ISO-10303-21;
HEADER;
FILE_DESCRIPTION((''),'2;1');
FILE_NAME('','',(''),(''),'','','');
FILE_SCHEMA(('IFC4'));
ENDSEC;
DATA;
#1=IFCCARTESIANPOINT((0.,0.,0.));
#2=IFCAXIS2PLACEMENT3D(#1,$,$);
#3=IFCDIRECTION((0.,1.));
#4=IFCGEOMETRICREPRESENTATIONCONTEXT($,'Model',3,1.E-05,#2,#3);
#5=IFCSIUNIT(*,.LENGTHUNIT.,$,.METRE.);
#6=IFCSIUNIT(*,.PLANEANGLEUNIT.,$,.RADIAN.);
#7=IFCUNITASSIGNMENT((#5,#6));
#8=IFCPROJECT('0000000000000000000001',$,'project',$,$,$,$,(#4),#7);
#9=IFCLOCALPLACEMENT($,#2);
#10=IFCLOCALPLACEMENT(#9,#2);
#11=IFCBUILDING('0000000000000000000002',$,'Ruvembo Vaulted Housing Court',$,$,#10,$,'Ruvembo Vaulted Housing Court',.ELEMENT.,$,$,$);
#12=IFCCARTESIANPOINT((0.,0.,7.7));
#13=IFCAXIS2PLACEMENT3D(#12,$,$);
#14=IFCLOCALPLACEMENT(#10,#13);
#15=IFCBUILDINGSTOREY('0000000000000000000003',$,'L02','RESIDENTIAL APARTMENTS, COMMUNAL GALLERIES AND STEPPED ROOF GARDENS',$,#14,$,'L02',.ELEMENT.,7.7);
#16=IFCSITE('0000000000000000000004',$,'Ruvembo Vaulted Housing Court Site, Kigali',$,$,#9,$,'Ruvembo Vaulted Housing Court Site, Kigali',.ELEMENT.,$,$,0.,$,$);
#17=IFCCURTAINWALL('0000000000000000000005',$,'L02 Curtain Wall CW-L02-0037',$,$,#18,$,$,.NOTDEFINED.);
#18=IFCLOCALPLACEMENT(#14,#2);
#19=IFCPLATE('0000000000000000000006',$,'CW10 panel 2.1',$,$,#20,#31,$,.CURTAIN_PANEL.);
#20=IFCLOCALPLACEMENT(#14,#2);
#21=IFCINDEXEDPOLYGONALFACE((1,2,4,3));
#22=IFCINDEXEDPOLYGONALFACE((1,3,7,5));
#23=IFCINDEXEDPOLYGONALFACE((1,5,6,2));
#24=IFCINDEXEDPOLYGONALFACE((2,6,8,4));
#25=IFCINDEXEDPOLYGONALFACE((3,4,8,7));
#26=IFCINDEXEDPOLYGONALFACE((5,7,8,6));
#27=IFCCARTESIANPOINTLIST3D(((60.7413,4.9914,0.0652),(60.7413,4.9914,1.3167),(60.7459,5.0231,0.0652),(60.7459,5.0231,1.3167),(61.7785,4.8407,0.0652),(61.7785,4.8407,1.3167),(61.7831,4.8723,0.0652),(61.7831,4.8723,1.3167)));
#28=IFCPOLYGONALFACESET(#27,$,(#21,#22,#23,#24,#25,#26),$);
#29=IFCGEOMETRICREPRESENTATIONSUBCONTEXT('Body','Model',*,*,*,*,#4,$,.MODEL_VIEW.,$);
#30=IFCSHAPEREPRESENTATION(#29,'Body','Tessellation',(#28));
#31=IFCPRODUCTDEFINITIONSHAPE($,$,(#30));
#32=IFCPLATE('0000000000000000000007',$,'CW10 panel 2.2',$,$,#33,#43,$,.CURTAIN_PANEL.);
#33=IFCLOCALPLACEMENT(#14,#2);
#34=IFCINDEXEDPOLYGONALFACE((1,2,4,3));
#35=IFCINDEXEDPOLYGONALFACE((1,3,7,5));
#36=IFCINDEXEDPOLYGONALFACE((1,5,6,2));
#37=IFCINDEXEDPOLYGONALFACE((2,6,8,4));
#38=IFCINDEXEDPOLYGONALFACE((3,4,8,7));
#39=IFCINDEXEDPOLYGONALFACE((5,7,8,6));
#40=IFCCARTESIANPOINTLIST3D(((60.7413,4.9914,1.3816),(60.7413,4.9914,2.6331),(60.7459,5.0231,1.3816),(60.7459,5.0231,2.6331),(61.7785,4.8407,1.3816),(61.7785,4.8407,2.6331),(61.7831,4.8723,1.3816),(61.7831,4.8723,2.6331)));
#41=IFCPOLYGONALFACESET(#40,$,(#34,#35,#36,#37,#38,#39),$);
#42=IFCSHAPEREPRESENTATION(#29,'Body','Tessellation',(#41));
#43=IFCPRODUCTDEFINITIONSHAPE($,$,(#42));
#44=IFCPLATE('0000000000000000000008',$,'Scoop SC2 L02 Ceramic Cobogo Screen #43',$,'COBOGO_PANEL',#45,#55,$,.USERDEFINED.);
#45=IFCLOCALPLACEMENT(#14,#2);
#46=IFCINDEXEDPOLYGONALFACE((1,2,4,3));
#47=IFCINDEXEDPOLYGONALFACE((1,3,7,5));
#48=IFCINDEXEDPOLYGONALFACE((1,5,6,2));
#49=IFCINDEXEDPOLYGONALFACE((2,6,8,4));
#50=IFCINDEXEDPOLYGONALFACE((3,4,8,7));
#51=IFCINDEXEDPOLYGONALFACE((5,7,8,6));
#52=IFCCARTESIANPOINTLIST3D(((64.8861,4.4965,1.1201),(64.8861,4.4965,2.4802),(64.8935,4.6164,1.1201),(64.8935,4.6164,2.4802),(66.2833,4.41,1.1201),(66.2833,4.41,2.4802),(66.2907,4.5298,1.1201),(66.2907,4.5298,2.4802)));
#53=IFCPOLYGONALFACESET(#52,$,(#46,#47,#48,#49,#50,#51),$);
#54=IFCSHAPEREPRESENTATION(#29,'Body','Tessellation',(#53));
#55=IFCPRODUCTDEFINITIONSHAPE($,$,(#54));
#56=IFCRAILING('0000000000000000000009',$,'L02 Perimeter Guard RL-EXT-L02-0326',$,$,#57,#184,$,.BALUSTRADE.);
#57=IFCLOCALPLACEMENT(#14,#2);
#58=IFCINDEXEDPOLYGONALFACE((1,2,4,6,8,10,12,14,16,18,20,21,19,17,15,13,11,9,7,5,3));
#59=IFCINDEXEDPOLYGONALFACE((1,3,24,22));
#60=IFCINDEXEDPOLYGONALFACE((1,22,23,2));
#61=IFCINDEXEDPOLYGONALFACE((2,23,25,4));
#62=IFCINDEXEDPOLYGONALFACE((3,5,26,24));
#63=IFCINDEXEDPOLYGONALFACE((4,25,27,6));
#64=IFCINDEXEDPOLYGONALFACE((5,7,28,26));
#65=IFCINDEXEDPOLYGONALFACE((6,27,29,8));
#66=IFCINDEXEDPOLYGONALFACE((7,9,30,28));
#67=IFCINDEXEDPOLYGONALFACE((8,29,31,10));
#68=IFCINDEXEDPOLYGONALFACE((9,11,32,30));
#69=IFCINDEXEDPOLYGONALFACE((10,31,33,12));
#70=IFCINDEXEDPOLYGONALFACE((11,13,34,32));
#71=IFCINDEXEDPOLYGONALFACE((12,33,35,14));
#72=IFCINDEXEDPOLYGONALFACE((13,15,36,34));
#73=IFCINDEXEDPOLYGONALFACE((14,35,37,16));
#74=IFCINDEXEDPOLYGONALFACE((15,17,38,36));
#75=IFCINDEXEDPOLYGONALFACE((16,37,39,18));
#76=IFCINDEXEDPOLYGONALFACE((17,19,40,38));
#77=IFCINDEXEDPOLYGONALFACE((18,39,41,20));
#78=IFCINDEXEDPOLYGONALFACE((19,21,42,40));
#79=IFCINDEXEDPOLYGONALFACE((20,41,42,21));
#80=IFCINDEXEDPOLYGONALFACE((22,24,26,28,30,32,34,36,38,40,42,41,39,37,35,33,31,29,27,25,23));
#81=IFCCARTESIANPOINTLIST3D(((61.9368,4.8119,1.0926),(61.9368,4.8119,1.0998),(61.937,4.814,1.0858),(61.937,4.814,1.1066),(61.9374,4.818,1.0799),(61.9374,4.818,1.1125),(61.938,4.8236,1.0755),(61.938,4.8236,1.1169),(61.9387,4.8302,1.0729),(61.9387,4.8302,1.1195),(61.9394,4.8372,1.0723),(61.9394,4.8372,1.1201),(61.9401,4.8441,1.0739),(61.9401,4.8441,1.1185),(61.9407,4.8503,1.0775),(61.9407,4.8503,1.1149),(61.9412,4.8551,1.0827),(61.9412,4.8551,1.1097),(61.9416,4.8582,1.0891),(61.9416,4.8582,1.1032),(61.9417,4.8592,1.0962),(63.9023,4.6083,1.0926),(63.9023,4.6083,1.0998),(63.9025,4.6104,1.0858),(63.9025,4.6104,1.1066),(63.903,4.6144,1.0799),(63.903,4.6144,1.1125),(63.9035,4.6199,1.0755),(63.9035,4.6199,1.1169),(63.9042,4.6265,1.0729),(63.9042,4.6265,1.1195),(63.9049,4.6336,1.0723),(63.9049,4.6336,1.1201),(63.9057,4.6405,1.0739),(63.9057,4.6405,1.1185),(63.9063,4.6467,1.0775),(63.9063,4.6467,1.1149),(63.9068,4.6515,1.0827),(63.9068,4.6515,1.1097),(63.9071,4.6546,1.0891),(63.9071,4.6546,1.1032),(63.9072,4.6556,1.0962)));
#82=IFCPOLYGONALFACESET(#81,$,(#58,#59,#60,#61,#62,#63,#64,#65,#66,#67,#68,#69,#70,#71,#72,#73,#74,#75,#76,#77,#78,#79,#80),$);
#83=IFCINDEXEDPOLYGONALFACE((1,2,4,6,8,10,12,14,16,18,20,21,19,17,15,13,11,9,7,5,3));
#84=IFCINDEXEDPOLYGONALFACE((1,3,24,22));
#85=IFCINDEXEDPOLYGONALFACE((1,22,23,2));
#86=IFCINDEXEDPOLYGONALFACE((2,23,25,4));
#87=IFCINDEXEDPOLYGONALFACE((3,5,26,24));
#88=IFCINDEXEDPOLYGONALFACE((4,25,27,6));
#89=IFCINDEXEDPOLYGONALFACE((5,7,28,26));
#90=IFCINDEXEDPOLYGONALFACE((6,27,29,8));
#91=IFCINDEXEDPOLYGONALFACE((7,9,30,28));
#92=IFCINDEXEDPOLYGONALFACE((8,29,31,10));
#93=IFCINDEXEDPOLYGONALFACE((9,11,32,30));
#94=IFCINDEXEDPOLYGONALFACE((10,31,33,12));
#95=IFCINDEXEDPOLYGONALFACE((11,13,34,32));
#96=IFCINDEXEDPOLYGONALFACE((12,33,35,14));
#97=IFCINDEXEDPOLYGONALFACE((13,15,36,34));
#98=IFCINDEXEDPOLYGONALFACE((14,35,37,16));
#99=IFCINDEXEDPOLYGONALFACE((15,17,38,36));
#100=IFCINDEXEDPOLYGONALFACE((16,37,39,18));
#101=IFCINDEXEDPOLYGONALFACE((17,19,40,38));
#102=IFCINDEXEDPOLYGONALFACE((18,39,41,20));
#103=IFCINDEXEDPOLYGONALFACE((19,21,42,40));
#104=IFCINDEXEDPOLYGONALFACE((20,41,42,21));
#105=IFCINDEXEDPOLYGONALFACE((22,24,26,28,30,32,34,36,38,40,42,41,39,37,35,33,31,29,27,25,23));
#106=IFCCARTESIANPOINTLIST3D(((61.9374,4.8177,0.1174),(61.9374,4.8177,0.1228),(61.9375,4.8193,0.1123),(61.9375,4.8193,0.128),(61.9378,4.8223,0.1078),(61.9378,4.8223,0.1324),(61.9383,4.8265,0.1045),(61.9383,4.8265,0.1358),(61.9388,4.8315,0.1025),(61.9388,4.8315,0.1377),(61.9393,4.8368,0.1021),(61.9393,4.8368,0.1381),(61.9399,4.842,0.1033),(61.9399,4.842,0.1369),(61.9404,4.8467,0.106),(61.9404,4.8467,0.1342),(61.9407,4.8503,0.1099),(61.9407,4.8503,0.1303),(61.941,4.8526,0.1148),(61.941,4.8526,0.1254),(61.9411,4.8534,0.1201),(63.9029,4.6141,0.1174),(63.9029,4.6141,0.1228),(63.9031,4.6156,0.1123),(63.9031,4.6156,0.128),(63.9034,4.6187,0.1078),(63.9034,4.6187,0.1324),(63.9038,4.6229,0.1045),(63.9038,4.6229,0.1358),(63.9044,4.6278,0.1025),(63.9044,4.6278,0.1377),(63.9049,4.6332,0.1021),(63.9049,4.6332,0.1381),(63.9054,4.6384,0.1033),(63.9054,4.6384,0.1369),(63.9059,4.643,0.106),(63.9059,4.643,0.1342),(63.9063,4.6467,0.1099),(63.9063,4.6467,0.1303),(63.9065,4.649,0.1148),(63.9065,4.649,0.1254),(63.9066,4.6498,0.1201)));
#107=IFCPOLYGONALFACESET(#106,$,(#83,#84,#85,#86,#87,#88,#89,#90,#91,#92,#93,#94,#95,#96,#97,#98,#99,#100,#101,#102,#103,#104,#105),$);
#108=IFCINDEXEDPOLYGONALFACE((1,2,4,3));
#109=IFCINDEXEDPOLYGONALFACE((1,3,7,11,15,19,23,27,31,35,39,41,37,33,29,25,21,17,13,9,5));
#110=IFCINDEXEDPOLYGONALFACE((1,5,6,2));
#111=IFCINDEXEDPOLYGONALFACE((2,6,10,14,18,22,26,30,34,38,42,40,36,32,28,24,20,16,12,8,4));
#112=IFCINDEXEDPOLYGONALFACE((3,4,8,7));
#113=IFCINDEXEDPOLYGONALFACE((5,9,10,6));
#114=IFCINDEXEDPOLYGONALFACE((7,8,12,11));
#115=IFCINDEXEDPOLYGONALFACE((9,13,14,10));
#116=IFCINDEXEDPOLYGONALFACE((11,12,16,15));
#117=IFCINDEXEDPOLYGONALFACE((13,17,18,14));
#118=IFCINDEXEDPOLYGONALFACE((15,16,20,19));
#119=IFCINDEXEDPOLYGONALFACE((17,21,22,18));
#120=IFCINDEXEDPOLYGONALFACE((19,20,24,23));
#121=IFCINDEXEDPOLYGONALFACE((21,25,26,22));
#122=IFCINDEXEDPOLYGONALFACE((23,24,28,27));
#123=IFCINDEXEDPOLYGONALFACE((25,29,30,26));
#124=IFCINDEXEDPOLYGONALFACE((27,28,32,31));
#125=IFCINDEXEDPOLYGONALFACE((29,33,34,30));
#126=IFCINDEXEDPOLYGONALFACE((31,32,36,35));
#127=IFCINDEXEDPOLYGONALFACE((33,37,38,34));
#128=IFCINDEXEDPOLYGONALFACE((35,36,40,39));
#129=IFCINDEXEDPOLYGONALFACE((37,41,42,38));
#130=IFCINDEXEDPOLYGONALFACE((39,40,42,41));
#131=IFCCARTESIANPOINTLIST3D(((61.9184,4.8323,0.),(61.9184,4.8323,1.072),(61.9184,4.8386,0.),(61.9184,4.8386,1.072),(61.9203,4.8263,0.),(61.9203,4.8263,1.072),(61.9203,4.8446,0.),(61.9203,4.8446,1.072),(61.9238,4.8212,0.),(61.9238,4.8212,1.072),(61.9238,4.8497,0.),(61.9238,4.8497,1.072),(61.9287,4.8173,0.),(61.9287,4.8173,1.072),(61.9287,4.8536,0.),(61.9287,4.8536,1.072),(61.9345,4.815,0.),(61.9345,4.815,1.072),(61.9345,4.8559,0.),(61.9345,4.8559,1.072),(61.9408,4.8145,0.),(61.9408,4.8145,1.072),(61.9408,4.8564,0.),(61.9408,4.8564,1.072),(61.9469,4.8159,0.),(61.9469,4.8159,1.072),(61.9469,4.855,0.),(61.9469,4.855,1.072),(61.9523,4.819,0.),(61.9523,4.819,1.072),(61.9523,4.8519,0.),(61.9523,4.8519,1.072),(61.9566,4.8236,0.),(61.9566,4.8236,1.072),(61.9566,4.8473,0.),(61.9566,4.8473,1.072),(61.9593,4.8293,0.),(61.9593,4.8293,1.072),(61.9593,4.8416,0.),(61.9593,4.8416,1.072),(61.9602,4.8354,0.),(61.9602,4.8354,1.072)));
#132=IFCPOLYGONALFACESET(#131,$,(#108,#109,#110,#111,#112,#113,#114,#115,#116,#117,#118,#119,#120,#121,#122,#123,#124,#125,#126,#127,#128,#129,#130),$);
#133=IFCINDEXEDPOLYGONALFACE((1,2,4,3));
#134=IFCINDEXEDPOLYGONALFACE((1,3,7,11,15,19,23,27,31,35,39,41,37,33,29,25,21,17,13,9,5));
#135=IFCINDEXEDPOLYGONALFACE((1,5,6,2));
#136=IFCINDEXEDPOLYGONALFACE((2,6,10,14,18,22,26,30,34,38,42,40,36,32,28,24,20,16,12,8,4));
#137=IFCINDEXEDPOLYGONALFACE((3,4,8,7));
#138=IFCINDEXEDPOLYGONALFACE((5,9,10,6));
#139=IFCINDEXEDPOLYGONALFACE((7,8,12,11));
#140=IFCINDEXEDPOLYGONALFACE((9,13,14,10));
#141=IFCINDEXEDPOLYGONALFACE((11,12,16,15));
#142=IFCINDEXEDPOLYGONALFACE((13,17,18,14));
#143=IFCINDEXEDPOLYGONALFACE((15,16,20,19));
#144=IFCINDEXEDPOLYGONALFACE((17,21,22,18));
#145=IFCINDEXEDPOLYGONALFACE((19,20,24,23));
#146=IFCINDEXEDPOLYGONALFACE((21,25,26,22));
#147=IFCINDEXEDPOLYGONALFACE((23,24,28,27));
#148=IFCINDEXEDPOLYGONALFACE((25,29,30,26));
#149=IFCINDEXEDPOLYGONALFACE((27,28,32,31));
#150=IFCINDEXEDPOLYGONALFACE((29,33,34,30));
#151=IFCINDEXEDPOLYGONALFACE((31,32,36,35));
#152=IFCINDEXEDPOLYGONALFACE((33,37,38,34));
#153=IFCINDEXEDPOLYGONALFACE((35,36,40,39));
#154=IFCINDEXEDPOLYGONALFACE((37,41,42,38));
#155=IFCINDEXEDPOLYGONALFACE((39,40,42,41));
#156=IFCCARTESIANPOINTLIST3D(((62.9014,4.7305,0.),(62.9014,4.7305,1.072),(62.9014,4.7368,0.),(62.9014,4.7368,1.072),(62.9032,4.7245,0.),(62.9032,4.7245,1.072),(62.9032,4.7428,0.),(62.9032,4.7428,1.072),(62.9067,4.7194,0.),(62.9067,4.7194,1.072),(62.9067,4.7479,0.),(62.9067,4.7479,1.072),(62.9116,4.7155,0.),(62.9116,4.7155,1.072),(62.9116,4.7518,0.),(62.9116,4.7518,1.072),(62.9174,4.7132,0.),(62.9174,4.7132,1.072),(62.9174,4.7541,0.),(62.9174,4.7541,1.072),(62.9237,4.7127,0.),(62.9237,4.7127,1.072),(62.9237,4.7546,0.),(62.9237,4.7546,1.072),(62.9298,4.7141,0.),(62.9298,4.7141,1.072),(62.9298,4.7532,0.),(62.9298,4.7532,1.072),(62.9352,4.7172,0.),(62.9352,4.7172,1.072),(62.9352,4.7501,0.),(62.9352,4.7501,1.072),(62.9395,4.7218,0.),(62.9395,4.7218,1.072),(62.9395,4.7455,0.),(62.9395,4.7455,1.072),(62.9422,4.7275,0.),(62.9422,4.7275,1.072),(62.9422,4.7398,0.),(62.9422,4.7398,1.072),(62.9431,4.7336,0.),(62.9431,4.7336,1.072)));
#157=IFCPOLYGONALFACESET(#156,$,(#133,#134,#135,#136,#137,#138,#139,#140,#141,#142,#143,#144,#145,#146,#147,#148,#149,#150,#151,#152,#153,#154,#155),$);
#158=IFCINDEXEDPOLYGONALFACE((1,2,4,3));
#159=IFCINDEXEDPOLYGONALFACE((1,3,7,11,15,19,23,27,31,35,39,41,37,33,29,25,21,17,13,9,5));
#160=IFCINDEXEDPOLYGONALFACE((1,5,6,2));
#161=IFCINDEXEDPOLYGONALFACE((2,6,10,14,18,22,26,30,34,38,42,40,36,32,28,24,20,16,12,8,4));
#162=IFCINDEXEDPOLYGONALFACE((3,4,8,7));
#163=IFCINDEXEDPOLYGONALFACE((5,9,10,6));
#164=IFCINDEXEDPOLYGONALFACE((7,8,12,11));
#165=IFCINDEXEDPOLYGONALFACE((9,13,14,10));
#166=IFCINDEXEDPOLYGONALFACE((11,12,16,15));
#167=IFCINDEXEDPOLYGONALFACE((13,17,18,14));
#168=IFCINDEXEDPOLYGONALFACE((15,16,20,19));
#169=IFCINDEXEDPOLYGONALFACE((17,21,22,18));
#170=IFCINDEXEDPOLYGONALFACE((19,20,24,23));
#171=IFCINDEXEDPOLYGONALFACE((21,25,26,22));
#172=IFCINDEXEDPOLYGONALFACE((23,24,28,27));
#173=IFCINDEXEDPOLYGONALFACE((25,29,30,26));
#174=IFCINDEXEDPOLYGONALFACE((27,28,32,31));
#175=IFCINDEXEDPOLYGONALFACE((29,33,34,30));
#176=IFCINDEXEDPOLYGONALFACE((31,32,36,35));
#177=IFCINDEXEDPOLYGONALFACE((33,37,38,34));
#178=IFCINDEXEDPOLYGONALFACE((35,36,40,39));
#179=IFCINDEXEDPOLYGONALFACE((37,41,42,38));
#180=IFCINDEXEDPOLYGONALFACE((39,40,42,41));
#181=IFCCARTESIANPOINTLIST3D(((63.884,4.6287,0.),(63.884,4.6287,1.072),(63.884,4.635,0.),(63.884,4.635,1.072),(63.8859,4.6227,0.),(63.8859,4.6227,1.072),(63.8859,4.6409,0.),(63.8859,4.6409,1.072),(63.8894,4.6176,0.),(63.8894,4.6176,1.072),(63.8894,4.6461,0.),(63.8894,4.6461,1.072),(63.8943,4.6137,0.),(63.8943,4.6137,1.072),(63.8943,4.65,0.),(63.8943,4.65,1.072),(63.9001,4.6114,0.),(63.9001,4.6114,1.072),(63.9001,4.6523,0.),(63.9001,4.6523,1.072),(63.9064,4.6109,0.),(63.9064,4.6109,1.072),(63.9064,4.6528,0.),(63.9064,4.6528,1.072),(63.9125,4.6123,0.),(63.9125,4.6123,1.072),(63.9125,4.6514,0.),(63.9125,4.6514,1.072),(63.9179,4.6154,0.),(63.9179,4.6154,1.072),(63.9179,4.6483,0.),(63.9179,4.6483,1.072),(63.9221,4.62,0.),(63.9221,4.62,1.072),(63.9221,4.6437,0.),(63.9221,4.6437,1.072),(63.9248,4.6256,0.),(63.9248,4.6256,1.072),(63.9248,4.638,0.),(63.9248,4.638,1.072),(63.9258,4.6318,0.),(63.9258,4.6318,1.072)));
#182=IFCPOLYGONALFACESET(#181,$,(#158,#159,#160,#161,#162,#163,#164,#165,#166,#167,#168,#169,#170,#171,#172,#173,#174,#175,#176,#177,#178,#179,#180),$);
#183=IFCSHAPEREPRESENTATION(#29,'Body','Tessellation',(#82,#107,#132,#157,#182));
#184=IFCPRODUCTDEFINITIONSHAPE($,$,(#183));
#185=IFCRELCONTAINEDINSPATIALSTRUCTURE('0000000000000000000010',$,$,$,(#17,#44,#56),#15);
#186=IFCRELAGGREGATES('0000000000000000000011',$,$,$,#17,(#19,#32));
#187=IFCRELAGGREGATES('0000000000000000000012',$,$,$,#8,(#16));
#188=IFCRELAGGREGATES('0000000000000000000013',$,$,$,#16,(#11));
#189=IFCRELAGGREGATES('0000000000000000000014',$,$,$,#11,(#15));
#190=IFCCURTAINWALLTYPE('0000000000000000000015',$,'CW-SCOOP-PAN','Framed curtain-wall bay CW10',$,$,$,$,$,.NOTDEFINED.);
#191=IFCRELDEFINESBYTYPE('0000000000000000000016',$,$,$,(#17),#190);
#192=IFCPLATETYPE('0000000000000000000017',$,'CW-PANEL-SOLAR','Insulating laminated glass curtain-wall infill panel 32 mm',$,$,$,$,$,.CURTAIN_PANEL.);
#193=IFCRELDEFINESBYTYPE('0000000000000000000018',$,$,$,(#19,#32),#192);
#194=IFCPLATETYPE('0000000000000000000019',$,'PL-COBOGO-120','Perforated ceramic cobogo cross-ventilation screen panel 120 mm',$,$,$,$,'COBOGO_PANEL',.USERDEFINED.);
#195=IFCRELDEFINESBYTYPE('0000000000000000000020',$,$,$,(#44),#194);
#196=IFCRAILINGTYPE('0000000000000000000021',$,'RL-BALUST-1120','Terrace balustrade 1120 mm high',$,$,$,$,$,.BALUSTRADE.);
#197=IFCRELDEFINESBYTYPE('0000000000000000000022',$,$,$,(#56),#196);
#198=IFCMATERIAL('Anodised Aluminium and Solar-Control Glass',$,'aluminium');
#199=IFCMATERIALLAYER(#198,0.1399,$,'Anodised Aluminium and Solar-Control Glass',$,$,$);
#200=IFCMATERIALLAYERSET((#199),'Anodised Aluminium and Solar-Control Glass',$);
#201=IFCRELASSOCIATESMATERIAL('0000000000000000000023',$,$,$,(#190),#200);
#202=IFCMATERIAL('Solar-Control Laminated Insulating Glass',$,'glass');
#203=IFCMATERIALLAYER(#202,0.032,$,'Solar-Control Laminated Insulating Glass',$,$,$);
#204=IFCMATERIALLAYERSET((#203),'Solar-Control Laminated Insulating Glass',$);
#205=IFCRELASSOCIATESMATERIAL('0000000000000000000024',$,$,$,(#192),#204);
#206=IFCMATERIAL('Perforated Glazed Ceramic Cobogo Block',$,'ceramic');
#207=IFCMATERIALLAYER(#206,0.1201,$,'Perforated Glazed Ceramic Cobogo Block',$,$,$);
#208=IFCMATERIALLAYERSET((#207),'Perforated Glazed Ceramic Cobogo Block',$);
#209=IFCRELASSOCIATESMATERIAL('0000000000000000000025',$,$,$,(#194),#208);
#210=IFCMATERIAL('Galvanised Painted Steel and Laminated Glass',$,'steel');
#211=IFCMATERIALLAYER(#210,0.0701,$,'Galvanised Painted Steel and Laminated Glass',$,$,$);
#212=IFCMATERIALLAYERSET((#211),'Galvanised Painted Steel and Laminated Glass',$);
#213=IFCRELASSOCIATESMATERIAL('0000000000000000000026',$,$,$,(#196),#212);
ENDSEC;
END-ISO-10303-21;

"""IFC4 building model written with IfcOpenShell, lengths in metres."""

from ifc_helpers import new_model, si_unit, direction, frame, origin, origin_2d, place, context, subcontext, project, spatial, rectangle, circle, extrude, material, layer, layer_set, type_object, element, aggregate, save


model = new_model("IFC4")

# Units and contexts
model_context = context("Model", 3, precision=1e-05, world=origin(), true_north=direction((0.0, 1.0)))
body_context = subcontext(model_context, "Body", "Model", "MODEL_VIEW")
ifc_project = project(units=[si_unit("LENGTHUNIT", "METRE"), si_unit("PLANEANGLEUNIT", "RADIAN")], contexts=[model_context])

# Site, building, storey
site_placement = place(None, origin())
site = spatial("IfcSite", under=ifc_project, at=site_placement, Name="Ruvembo Vaulted Housing Court Site, Kigali", LongName="Ruvembo Vaulted Housing Court Site, Kigali", CompositionType="ELEMENT", RefElevation=0.0)
building_placement = place(site_placement, origin())
building = spatial("IfcBuilding", under=site, at=building_placement, Name="Ruvembo Vaulted Housing Court", LongName="Ruvembo Vaulted Housing Court", CompositionType="ELEMENT")
storey_placement = place(building_placement, frame((0.0, 0.0, 7.7)))
storey = spatial("IfcBuildingStorey", under=building, at=storey_placement, Name="L02", Description="RESIDENTIAL APARTMENTS, COMMUNAL GALLERIES AND STEPPED ROOF GARDENS", LongName="L02", CompositionType="ELEMENT", Elevation=7.7)

# Curtain wall, plates
ifc_material_1 = material(Name="Anodised Aluminium and Solar-Control Glass", Category="aluminium")
ifc_layer_1 = layer(ifc_material_1, 0.1399, Name="Anodised Aluminium and Solar-Control Glass")
ifc_layer_set_1 = layer_set([ifc_layer_1], Name="Anodised Aluminium and Solar-Control Glass")
curtain_wall_type = type_object("IfcCurtainWallType", Name="CW-SCOOP-PAN", Description="Framed curtain-wall bay CW10", PredefinedType="NOTDEFINED", material=ifc_layer_set_1)
curtain_wall_placement = place(storey_placement, origin())
curtain_wall = element("IfcCurtainWall", 1, at=curtain_wall_placement, inside=storey, type_object=curtain_wall_type, Name="L02 Curtain Wall CW-L02-0037", PredefinedType="NOTDEFINED")
ifc_material_2 = material(Name="Solar-Control Laminated Insulating Glass", Category="glass")
ifc_layer_2 = layer(ifc_material_2, 0.032, Name="Solar-Control Laminated Insulating Glass")
ifc_layer_set_2 = layer_set([ifc_layer_2], Name="Solar-Control Laminated Insulating Glass")
plate_type_1 = type_object("IfcPlateType", Name="CW-PANEL-SOLAR", Description="Insulating laminated glass curtain-wall infill panel 32 mm", PredefinedType="CURTAIN_PANEL", material=ifc_layer_set_2)
plate_1_placement = place(storey_placement, frame((61.2622, 4.9319, 0.0652), z_axis=(0.0, 0.0, 1.0), x_axis=(0.989599, -0.143851, 0.0)))
plate_1 = element("IfcPlate", 2, at=plate_1_placement, type_object=plate_type_1, Name="CW10 panel 2.1", PredefinedType="CURTAIN_PANEL", context=body_context, shape_type="SweptSolid", body=[
    extrude(rectangle(XDim=1.0481, YDim=0.032, at=origin_2d()), origin(), (0.0, 0.0, 1.0), 1.2515),
])
plate_2_placement = place(storey_placement, frame((61.2622, 4.9319, 1.3816), z_axis=(0.0, 0.0, 1.0), x_axis=(0.989599, -0.143851, 0.0)))
plate_2 = element("IfcPlate", 3, at=plate_2_placement, type_object=plate_type_1, Name="CW10 panel 2.2", PredefinedType="CURTAIN_PANEL", context=body_context, shape_type="SweptSolid", body=[
    extrude(rectangle(XDim=1.0481, YDim=0.032, at=origin_2d()), origin(), (0.0, 0.0, 1.0), 1.2515),
])
aggregate(curtain_wall, [plate_1, plate_2])

# Plate
ifc_material_3 = material(Name="Perforated Glazed Ceramic Cobogo Block", Category="ceramic")
ifc_layer_3 = layer(ifc_material_3, 0.1201, Name="Perforated Glazed Ceramic Cobogo Block")
ifc_layer_set_3 = layer_set([ifc_layer_3], Name="Perforated Glazed Ceramic Cobogo Block")
plate_type_2 = type_object("IfcPlateType", Name="PL-COBOGO-120", Description="Perforated ceramic cobogo cross-ventilation screen panel 120 mm", ElementType="COBOGO_PANEL", PredefinedType="USERDEFINED", material=ifc_layer_set_3)
plate_3_placement = place(storey_placement, frame((65.5884, 4.5132, 1.1201), z_axis=(0.0, 0.0, 1.0), x_axis=(0.998087, -0.061832, 0.0)))
element("IfcPlate", 4, at=plate_3_placement, inside=storey, type_object=plate_type_2, Name="Scoop SC2 L02 Ceramic Cobogo Screen #43", ObjectType="COBOGO_PANEL", PredefinedType="USERDEFINED", context=body_context, shape_type="SweptSolid", body=[
    extrude(rectangle(XDim=1.3999, YDim=0.1201, at=origin_2d()), origin(), (0.0, 0.0, 1.0), 1.3601),
])

# Railing
ifc_material_4 = material(Name="Galvanised Painted Steel and Laminated Glass", Category="steel")
ifc_layer_4 = layer(ifc_material_4, 0.0701, Name="Galvanised Painted Steel and Laminated Glass")
ifc_layer_set_4 = layer_set([ifc_layer_4], Name="Galvanised Painted Steel and Laminated Glass")
railing_type = type_object("IfcRailingType", Name="RL-BALUST-1120", Description="Terrace balustrade 1120 mm high", PredefinedType="BALUSTRADE", material=ifc_layer_set_4)
railing_1_placement = place(storey_placement, frame((61.9392, 4.8354, 0.0)))
element("IfcRailing", 5, at=railing_1_placement, inside=storey, type_object=railing_type, Name="L02 Perimeter Guard RL-EXT-L02-0326", PredefinedType="BALUSTRADE", context=body_context, shape_type="SweptSolid", body=[
    extrude(circle(Radius=0.0239, at=origin_2d()), frame((0.0, 0.0, 1.0962), z_axis=(0.994677, -0.103038, 0.0), x_axis=(0.103038, 0.994677, 0.0)), (0.0, 0.0, 1.0), 1.9761),
    extrude(circle(Radius=0.0181, at=origin_2d()), frame((0.0, 0.0, 0.1201), z_axis=(0.994677, -0.103038, 0.0), x_axis=(0.103038, 0.994677, 0.0)), (0.0, 0.0, 1.0), 1.9761),
    extrude(circle(Radius=0.021, at=origin_2d()), origin(), (0.0, 0.0, 1.0), 1.072),
    extrude(circle(Radius=0.021, at=origin_2d()), frame((0.9829, -0.1018, 0.0)), (0.0, 0.0, 1.0), 1.072),
    extrude(circle(Radius=0.021, at=origin_2d()), frame((1.9656, -0.2036, 0.0)), (0.0, 0.0, 1.0), 1.072),
])

save(model, "model.ifc")
